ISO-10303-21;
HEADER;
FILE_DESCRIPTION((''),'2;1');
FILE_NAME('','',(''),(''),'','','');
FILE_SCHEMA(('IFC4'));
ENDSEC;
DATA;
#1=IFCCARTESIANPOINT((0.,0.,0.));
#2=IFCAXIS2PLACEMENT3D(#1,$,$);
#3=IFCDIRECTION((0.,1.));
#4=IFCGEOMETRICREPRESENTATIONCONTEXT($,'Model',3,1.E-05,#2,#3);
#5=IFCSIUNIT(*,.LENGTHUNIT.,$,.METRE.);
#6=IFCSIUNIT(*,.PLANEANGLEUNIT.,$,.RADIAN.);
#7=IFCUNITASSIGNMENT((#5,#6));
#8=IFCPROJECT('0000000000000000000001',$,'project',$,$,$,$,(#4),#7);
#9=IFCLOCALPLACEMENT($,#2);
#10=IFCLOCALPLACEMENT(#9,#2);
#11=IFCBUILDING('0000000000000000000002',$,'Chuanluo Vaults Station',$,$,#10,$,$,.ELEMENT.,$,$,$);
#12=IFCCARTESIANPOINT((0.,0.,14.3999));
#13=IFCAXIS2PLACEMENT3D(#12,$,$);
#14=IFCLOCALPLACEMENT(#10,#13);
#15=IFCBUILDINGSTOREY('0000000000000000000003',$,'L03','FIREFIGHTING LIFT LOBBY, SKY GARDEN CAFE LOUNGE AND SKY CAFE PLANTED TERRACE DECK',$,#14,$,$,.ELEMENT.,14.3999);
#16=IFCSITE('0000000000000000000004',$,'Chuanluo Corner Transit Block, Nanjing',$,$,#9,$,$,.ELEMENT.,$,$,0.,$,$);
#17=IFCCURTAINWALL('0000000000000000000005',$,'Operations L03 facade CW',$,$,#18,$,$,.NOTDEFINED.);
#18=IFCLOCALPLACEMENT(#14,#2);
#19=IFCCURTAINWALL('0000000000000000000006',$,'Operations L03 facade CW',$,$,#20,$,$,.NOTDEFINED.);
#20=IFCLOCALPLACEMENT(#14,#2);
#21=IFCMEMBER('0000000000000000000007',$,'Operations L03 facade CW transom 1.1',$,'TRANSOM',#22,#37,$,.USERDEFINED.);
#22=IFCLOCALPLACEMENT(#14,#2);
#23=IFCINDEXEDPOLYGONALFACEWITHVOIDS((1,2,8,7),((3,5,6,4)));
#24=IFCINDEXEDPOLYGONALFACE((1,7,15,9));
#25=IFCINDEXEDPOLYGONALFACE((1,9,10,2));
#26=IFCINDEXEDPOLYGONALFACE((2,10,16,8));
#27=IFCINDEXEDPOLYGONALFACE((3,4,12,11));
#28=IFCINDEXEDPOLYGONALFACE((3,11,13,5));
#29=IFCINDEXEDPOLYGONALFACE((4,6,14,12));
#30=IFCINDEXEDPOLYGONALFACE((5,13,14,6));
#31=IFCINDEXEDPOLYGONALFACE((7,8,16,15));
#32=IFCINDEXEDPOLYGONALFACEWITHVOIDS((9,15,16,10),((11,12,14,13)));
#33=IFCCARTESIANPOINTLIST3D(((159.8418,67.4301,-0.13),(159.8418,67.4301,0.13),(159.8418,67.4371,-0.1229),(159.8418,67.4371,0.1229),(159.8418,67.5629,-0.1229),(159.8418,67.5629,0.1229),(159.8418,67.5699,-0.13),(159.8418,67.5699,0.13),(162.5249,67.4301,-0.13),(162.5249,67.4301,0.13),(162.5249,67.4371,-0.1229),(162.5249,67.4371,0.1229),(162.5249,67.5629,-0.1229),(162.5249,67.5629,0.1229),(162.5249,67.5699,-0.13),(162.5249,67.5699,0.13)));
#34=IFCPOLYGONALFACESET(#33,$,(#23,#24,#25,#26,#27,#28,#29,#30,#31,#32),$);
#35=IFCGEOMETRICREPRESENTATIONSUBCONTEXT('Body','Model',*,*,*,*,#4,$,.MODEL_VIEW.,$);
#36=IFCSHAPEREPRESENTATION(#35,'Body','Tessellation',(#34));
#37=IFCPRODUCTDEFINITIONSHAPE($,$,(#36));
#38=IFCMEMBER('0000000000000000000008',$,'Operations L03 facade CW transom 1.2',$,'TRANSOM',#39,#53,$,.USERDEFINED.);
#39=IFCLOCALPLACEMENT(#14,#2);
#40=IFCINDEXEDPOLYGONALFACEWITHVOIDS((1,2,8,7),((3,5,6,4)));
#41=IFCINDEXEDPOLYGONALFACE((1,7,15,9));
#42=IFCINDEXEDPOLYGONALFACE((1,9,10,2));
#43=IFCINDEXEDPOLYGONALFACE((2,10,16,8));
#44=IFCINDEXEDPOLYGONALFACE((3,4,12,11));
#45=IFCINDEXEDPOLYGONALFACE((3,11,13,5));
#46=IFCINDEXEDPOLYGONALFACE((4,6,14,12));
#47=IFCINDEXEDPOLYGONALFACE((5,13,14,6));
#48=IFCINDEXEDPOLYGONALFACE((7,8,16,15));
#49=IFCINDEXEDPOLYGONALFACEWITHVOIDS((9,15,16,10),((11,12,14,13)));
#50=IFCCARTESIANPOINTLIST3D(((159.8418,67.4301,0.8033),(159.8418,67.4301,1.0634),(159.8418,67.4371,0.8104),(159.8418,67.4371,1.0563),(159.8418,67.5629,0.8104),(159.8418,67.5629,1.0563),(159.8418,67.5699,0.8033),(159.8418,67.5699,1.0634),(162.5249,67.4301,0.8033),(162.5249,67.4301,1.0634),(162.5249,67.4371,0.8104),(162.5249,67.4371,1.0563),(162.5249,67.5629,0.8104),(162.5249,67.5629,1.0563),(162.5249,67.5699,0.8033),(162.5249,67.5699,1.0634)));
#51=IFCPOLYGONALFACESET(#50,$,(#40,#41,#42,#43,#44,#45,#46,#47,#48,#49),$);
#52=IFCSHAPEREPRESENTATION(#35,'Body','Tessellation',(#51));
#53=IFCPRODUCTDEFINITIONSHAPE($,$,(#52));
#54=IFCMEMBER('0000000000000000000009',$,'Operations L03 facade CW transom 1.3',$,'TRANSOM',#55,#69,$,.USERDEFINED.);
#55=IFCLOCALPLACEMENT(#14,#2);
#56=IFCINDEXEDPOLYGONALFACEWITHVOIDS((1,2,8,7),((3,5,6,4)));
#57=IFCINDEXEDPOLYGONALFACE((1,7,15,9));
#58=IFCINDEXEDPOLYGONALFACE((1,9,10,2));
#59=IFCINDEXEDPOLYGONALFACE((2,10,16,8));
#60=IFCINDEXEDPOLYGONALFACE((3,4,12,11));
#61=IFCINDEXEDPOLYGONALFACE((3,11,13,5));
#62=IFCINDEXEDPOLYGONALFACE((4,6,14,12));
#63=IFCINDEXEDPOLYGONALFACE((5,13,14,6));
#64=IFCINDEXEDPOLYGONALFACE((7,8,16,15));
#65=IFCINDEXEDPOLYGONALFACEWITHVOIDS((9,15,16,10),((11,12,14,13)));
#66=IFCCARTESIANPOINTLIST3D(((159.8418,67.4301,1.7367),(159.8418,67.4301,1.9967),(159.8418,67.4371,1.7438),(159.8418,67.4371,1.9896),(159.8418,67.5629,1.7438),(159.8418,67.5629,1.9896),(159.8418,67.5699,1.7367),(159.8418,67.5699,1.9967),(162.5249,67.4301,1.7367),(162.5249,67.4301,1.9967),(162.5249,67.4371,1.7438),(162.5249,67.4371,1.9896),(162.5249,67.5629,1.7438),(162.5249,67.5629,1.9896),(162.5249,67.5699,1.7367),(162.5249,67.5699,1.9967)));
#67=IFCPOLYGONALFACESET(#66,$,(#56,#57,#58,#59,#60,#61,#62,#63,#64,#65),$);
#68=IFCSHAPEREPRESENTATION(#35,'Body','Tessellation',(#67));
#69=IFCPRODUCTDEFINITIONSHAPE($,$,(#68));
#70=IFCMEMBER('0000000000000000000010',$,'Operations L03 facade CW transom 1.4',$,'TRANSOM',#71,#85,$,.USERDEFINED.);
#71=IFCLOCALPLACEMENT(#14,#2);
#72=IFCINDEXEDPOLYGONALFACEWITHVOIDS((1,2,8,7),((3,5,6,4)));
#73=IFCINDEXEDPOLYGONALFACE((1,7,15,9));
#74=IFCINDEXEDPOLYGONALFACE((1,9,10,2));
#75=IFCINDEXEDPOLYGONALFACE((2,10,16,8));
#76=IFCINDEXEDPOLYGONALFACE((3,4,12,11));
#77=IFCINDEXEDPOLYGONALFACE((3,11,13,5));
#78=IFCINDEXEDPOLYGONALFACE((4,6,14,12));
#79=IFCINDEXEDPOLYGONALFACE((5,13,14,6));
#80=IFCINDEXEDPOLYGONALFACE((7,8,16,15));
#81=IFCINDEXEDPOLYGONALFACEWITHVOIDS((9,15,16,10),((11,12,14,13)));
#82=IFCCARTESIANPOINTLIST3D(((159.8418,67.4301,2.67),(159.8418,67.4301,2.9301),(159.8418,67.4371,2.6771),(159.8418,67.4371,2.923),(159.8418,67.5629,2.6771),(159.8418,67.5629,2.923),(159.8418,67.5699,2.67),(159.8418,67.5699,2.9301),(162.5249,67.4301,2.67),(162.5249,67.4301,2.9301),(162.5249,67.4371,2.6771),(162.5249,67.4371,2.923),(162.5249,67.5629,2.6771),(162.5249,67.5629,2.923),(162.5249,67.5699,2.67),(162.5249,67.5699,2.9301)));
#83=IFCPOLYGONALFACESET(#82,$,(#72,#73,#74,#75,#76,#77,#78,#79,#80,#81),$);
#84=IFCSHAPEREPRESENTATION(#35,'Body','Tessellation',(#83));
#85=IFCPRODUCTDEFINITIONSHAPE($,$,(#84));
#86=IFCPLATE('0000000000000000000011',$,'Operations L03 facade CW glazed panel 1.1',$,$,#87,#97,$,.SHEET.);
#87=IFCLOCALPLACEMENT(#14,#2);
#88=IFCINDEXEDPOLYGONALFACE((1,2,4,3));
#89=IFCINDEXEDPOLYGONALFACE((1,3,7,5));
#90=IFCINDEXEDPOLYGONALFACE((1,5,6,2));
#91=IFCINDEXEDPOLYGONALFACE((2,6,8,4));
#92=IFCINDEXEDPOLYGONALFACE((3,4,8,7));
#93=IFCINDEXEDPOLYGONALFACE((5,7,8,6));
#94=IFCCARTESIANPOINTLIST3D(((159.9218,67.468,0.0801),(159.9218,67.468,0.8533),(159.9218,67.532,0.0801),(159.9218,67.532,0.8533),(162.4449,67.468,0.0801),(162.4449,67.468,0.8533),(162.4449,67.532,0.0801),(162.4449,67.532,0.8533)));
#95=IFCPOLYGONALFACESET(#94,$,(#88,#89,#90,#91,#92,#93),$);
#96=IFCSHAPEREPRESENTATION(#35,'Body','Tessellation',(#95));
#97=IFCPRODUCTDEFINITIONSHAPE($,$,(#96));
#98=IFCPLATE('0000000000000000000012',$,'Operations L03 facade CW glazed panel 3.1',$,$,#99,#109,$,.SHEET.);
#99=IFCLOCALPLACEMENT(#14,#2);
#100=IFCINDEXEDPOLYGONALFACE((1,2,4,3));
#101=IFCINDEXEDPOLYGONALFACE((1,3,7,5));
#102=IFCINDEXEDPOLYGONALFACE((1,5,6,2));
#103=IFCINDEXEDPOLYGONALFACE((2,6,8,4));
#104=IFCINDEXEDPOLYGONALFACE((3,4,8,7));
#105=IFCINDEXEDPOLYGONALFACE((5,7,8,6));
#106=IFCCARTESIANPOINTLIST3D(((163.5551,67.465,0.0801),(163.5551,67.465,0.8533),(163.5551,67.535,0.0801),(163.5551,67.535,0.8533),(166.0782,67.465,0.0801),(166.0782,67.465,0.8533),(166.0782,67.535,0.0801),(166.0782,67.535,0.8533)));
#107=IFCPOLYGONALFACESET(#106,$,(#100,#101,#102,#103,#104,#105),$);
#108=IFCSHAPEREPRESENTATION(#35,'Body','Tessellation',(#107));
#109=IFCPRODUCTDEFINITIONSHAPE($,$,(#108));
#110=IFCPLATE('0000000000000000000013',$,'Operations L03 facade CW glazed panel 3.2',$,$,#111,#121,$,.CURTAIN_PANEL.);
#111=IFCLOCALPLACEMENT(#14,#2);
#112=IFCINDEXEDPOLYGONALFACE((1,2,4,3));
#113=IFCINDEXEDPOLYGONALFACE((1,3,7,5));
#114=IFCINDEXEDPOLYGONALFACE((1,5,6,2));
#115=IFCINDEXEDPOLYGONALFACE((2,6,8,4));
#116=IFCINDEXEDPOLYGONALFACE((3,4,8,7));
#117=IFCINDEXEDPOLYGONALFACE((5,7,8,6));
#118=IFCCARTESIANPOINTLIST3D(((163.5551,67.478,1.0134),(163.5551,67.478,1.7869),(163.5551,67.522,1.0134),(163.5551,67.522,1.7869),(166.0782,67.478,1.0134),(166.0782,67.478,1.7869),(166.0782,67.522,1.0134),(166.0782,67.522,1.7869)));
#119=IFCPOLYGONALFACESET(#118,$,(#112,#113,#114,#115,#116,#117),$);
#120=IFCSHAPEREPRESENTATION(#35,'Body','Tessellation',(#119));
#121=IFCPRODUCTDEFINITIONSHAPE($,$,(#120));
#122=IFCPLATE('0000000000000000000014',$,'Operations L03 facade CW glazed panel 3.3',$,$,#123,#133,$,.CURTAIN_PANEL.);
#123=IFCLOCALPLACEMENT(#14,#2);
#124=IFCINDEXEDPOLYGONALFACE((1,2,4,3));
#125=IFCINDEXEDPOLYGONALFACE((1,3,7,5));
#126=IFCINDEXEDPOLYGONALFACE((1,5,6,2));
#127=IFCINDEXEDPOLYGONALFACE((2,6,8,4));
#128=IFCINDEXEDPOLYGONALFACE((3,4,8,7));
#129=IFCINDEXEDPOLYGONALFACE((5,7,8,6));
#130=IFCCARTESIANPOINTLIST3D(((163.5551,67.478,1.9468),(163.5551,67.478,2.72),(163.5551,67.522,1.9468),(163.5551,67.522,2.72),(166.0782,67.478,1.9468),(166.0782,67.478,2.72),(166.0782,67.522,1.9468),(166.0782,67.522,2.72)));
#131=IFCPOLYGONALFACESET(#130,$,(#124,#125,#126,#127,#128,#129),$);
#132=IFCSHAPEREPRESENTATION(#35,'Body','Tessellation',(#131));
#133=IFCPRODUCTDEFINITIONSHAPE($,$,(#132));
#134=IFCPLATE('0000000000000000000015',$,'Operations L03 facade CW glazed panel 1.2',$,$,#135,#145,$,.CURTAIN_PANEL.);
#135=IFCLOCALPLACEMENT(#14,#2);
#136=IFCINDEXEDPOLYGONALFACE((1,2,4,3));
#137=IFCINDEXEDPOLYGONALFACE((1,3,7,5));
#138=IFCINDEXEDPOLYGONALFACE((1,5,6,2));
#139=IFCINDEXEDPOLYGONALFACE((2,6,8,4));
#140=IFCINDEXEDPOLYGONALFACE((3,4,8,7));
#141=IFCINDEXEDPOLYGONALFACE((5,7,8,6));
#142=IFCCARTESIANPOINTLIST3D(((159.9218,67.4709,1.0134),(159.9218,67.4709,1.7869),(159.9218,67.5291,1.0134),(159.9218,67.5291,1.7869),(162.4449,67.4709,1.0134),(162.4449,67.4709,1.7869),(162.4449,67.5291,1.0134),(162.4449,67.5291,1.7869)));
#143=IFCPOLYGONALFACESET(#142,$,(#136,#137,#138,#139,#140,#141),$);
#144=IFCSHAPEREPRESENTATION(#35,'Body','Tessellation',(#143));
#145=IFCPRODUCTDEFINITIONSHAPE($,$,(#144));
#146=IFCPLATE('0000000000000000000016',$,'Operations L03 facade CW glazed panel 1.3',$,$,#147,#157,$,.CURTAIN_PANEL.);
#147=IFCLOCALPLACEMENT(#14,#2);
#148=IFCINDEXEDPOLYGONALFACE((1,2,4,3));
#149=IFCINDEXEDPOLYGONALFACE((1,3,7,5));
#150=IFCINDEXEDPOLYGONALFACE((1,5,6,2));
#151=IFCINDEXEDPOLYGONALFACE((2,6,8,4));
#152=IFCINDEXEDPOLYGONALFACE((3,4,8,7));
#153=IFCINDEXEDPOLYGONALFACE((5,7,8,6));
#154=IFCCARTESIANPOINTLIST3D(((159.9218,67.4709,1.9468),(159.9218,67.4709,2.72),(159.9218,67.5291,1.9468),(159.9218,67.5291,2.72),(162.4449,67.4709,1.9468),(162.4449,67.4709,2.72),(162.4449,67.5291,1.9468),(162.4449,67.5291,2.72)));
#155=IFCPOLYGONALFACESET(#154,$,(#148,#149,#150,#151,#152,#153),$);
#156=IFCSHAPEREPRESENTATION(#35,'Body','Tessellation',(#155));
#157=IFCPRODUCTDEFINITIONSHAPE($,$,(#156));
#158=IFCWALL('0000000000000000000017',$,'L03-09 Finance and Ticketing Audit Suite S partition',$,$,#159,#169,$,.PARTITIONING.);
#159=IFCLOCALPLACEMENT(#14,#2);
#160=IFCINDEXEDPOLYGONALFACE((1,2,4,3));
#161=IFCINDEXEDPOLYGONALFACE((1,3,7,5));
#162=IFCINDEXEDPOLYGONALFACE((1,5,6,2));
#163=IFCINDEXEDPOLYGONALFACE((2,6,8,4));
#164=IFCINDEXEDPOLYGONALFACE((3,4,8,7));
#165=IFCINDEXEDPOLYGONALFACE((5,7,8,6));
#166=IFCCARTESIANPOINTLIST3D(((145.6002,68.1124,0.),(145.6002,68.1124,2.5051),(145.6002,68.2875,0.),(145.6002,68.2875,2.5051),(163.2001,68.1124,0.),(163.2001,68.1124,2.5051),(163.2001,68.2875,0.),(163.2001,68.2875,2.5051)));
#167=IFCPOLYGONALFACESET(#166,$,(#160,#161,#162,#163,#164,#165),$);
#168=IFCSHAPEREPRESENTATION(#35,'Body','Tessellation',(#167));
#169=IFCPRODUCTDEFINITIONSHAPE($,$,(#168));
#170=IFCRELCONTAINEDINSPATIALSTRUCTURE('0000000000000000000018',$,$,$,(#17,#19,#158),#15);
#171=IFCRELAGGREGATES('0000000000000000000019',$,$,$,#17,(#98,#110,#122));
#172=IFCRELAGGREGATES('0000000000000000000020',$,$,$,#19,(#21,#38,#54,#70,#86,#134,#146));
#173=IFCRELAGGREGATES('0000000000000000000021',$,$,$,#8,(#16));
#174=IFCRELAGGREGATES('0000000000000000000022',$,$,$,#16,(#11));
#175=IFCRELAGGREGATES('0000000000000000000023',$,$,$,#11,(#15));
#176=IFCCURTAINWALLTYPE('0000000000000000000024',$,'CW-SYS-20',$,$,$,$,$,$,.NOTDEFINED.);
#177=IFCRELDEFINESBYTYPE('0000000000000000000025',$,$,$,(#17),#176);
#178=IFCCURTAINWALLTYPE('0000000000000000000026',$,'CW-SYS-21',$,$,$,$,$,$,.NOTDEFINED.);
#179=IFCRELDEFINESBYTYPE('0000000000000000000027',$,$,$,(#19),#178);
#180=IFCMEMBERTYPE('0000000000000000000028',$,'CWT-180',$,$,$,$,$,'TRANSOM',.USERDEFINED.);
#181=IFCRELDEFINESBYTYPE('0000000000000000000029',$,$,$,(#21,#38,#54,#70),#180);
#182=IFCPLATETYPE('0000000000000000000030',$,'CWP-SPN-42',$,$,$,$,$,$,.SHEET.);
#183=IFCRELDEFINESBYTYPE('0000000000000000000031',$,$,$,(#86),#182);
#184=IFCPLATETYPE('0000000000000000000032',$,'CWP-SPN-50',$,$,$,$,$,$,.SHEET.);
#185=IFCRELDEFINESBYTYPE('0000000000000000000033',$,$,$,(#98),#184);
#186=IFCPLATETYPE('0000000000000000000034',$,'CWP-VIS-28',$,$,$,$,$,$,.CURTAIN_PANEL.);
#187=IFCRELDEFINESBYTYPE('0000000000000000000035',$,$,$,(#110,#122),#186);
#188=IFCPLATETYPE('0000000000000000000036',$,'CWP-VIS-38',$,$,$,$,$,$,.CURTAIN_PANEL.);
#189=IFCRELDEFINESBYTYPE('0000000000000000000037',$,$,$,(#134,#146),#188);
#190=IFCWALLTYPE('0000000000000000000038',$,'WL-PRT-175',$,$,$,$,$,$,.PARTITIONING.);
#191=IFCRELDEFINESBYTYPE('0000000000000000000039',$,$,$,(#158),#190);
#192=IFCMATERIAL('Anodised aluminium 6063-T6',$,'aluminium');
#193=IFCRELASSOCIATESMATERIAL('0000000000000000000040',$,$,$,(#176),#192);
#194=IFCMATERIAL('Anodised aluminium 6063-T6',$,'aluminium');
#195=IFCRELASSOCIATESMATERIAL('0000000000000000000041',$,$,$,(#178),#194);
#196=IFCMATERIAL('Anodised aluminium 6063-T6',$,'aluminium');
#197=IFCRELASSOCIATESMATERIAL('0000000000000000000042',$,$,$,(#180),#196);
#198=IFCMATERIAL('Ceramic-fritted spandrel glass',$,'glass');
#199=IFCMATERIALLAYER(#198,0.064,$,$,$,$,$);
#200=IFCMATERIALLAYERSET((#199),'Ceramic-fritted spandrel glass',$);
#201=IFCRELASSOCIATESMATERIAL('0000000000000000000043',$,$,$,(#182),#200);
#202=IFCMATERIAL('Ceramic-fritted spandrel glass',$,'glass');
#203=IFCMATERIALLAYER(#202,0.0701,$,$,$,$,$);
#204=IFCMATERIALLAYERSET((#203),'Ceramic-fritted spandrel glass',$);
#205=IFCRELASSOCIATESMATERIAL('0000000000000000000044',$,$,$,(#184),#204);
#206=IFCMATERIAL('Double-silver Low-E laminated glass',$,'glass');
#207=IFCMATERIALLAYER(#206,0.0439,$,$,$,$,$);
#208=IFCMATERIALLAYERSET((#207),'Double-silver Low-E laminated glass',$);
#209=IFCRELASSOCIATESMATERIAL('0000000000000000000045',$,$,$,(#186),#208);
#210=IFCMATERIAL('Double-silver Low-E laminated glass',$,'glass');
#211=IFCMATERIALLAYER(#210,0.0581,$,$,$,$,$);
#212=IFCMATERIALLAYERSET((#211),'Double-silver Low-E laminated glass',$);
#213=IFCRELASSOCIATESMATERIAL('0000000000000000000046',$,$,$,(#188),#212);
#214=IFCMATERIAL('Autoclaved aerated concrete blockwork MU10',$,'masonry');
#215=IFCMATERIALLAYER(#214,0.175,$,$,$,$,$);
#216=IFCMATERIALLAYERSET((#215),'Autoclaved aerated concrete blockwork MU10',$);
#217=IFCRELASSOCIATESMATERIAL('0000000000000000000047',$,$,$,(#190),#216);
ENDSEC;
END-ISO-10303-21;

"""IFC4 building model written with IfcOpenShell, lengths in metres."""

from ifc_helpers import new_model, si_unit, direction, frame, frame_2d, origin, origin_2d, place, context, subcontext, project, spatial, rectangle, hollow_rectangle, extrude, material, layer, layer_set, material_profile, profile_set, type_object, element, aggregate, save


model = new_model("IFC4")

# Units and contexts
model_context = context("Model", 3, precision=1e-05, world=origin(), true_north=direction((0.0, 1.0)))
body_context = subcontext(model_context, "Body", "Model", "MODEL_VIEW")
ifc_project = project(units=[si_unit("LENGTHUNIT", "METRE"), si_unit("PLANEANGLEUNIT", "RADIAN")], contexts=[model_context])

# Site, building, storey
site_placement = place(None, origin())
site = spatial("IfcSite", under=ifc_project, at=site_placement, Name="Chuanluo Corner Transit Block, Nanjing", CompositionType="ELEMENT", RefElevation=0.0)
building_placement = place(site_placement, origin())
building = spatial("IfcBuilding", under=site, at=building_placement, Name="Chuanluo Vaults Station", CompositionType="ELEMENT")
storey_placement = place(building_placement, frame((0.0, 0.0, 14.3999)))
storey = spatial("IfcBuildingStorey", under=building, at=storey_placement, Name="L03", Description="FIREFIGHTING LIFT LOBBY, SKY GARDEN CAFE LOUNGE AND SKY CAFE PLANTED TERRACE DECK", CompositionType="ELEMENT", Elevation=14.3999)

# Curtain wall
ifc_material_1 = material(Name="Anodised aluminium 6063-T6", Category="aluminium")
curtain_wall_type_1 = type_object("IfcCurtainWallType", Name="CW-SYS-20", PredefinedType="NOTDEFINED", material=ifc_material_1)
curtain_wall_1_placement = place(storey_placement, origin())
curtain_wall_1 = element("IfcCurtainWall", 1, at=curtain_wall_1_placement, inside=storey, type_object=curtain_wall_type_1, Name="Operations L03 facade CW", PredefinedType="NOTDEFINED")

# Curtain wall
ifc_material_2 = material(Name="Anodised aluminium 6063-T6", Category="aluminium")
curtain_wall_type_2 = type_object("IfcCurtainWallType", Name="CW-SYS-21", PredefinedType="NOTDEFINED", material=ifc_material_2)
curtain_wall_2_placement = place(storey_placement, origin())
curtain_wall_2 = element("IfcCurtainWall", 2, at=curtain_wall_2_placement, inside=storey, type_object=curtain_wall_type_2, Name="Operations L03 facade CW", PredefinedType="NOTDEFINED")

# Members
ifc_material_3 = material(Name="Anodised aluminium 6063-T6", Category="aluminium")
ifc_material_profile_1 = material_profile(ifc_material_3, hollow_rectangle(XDim=0.1399, YDim=0.26, WallThickness=0.0071, at=origin_2d()))
ifc_profile_set_1 = profile_set([ifc_material_profile_1], Name="Anodised aluminium 6063-T6")
member_type_1 = type_object("IfcMemberType", Name="CWT-180", ElementType="TRANSOM", PredefinedType="USERDEFINED", material=ifc_profile_set_1)
member_1_placement = place(storey_placement, frame((162.5249, 67.5, 0.0), z_axis=(-1.0, 0.0, 0.0), x_axis=(0.0, -1.0, 0.0)))
member_1 = element("IfcMember", 3, at=member_1_placement, type_object=member_type_1, Name="Operations L03 facade CW transom 1.1", ObjectType="TRANSOM", PredefinedType="USERDEFINED", context=body_context, shape_type="SweptSolid", body=[
    extrude(hollow_rectangle(XDim=0.1399, YDim=0.26, WallThickness=0.0071, at=origin_2d()), origin(), (0.0, 0.0, 1.0), 2.6831),
])
member_2_placement = place(storey_placement, frame((162.5249, 67.5, 0.9333), z_axis=(-1.0, 0.0, 0.0), x_axis=(0.0, -1.0, 0.0)))
member_2 = element("IfcMember", 4, at=member_2_placement, type_object=member_type_1, Name="Operations L03 facade CW transom 1.2", ObjectType="TRANSOM", PredefinedType="USERDEFINED", context=body_context, shape_type="SweptSolid", body=[
    extrude(hollow_rectangle(XDim=0.1399, YDim=0.26, WallThickness=0.0071, at=origin_2d()), origin(), (0.0, 0.0, 1.0), 2.6831),
])
member_3_placement = place(storey_placement, frame((162.5249, 67.5, 1.8667), z_axis=(-1.0, 0.0, 0.0), x_axis=(0.0, -1.0, 0.0)))
member_3 = element("IfcMember", 5, at=member_3_placement, type_object=member_type_1, Name="Operations L03 facade CW transom 1.3", ObjectType="TRANSOM", PredefinedType="USERDEFINED", context=body_context, shape_type="SweptSolid", body=[
    extrude(hollow_rectangle(XDim=0.1399, YDim=0.26, WallThickness=0.0071, at=origin_2d()), origin(), (0.0, 0.0, 1.0), 2.6831),
])
member_4_placement = place(storey_placement, frame((162.5249, 67.5, 2.8), z_axis=(-1.0, 0.0, 0.0), x_axis=(0.0, -1.0, 0.0)))
member_4 = element("IfcMember", 6, at=member_4_placement, type_object=member_type_1, Name="Operations L03 facade CW transom 1.4", ObjectType="TRANSOM", PredefinedType="USERDEFINED", context=body_context, shape_type="SweptSolid", body=[
    extrude(hollow_rectangle(XDim=0.1399, YDim=0.26, WallThickness=0.0071, at=origin_2d()), origin(), (0.0, 0.0, 1.0), 2.6831),
])

# Plates
ifc_material_4 = material(Name="Ceramic-fritted spandrel glass", Category="glass")
ifc_layer_1 = layer(ifc_material_4, 0.064)
ifc_layer_set_1 = layer_set([ifc_layer_1], Name="Ceramic-fritted spandrel glass")
plate_type_1 = type_object("IfcPlateType", Name="CWP-SPN-42", PredefinedType="SHEET", material=ifc_layer_set_1)
plate_1_placement = place(storey_placement, frame((161.1833, 67.5, 0.0801), z_axis=(0.0, 0.0, 1.0), x_axis=(-1.0, 0.0, 0.0)))
plate_1 = element("IfcPlate", 7, at=plate_1_placement, type_object=plate_type_1, Name="Operations L03 facade CW glazed panel 1.1", PredefinedType="SHEET", context=body_context, shape_type="SweptSolid", body=[
    extrude(rectangle(XDim=2.5232, YDim=0.064, at=origin_2d()), origin(), (0.0, 0.0, 1.0), 0.7732),
])
ifc_material_5 = material(Name="Ceramic-fritted spandrel glass", Category="glass")
ifc_layer_2 = layer(ifc_material_5, 0.0701)
ifc_layer_set_2 = layer_set([ifc_layer_2], Name="Ceramic-fritted spandrel glass")
plate_type_2 = type_object("IfcPlateType", Name="CWP-SPN-50", PredefinedType="SHEET", material=ifc_layer_set_2)
plate_2_placement = place(storey_placement, frame((164.8167, 67.5, 0.0801), z_axis=(0.0, 0.0, 1.0), x_axis=(-1.0, 0.0, 0.0)))
plate_2 = element("IfcPlate", 8, at=plate_2_placement, type_object=plate_type_2, Name="Operations L03 facade CW glazed panel 3.1", PredefinedType="SHEET", context=body_context, shape_type="SweptSolid", body=[
    extrude(rectangle(XDim=2.5232, YDim=0.0701, at=origin_2d()), origin(), (0.0, 0.0, 1.0), 0.7732),
])
ifc_material_6 = material(Name="Double-silver Low-E laminated glass", Category="glass")
ifc_layer_3 = layer(ifc_material_6, 0.0439)
ifc_layer_set_3 = layer_set([ifc_layer_3], Name="Double-silver Low-E laminated glass")
plate_type_3 = type_object("IfcPlateType", Name="CWP-VIS-28", PredefinedType="CURTAIN_PANEL", material=ifc_layer_set_3)
plate_3_placement = place(storey_placement, frame((164.8167, 67.5, 1.0134), z_axis=(0.0, 0.0, 1.0), x_axis=(-1.0, 0.0, 0.0)))
plate_3 = element("IfcPlate", 9, at=plate_3_placement, type_object=plate_type_3, Name="Operations L03 facade CW glazed panel 3.2", PredefinedType="CURTAIN_PANEL", context=body_context, shape_type="SweptSolid", body=[
    extrude(rectangle(XDim=2.5232, YDim=0.0439, at=origin_2d()), origin(), (0.0, 0.0, 1.0), 0.7734),
])
plate_4_placement = place(storey_placement, frame((164.8167, 67.5, 1.9468), z_axis=(0.0, 0.0, 1.0), x_axis=(-1.0, 0.0, 0.0)))
plate_4 = element("IfcPlate", 10, at=plate_4_placement, type_object=plate_type_3, Name="Operations L03 facade CW glazed panel 3.3", PredefinedType="CURTAIN_PANEL", context=body_context, shape_type="SweptSolid", body=[
    extrude(rectangle(XDim=2.5232, YDim=0.0439, at=origin_2d()), origin(), (0.0, 0.0, 1.0), 0.7732),
])
aggregate(curtain_wall_1, [plate_2, plate_3, plate_4])
ifc_material_7 = material(Name="Double-silver Low-E laminated glass", Category="glass")
ifc_layer_4 = layer(ifc_material_7, 0.0581)
ifc_layer_set_4 = layer_set([ifc_layer_4], Name="Double-silver Low-E laminated glass")
plate_type_4 = type_object("IfcPlateType", Name="CWP-VIS-38", PredefinedType="CURTAIN_PANEL", material=ifc_layer_set_4)
plate_5_placement = place(storey_placement, frame((161.1833, 67.5, 1.0134), z_axis=(0.0, 0.0, 1.0), x_axis=(-1.0, 0.0, 0.0)))
plate_5 = element("IfcPlate", 11, at=plate_5_placement, type_object=plate_type_4, Name="Operations L03 facade CW glazed panel 1.2", PredefinedType="CURTAIN_PANEL", context=body_context, shape_type="SweptSolid", body=[
    extrude(rectangle(XDim=2.5232, YDim=0.0581, at=origin_2d()), origin(), (0.0, 0.0, 1.0), 0.7734),
])
plate_6_placement = place(storey_placement, frame((161.1833, 67.5, 1.9468), z_axis=(0.0, 0.0, 1.0), x_axis=(-1.0, 0.0, 0.0)))
plate_6 = element("IfcPlate", 12, at=plate_6_placement, type_object=plate_type_4, Name="Operations L03 facade CW glazed panel 1.3", PredefinedType="CURTAIN_PANEL", context=body_context, shape_type="SweptSolid", body=[
    extrude(rectangle(XDim=2.5232, YDim=0.0581, at=origin_2d()), origin(), (0.0, 0.0, 1.0), 0.7732),
])
aggregate(curtain_wall_2, [member_1, member_2, member_3, member_4, plate_1, plate_5, plate_6])

# Wall
ifc_material_8 = material(Name="Autoclaved aerated concrete blockwork MU10", Category="masonry")
ifc_layer_5 = layer(ifc_material_8, 0.175)
ifc_layer_set_5 = layer_set([ifc_layer_5], Name="Autoclaved aerated concrete blockwork MU10")
wall_type = type_object("IfcWallType", Name="WL-PRT-175", PredefinedType="PARTITIONING", material=ifc_layer_set_5)
wall_placement = place(storey_placement, frame((163.2, 68.2, 0.0), z_axis=(0.0, 0.0, 1.0), x_axis=(-1.0, 0.0, 0.0)))
element("IfcWall", 13, at=wall_placement, inside=storey, type_object=wall_type, Name="L03-09 Finance and Ticketing Audit Suite S partition", PredefinedType="PARTITIONING", context=body_context, shape_type="SweptSolid", body=[
    extrude(rectangle(XDim=17.5999, YDim=0.175, at=frame_2d((8.7998, 0.0))), origin(), (0.0, 0.0, 1.0), 2.5051),
])

save(model, "model.ifc")
